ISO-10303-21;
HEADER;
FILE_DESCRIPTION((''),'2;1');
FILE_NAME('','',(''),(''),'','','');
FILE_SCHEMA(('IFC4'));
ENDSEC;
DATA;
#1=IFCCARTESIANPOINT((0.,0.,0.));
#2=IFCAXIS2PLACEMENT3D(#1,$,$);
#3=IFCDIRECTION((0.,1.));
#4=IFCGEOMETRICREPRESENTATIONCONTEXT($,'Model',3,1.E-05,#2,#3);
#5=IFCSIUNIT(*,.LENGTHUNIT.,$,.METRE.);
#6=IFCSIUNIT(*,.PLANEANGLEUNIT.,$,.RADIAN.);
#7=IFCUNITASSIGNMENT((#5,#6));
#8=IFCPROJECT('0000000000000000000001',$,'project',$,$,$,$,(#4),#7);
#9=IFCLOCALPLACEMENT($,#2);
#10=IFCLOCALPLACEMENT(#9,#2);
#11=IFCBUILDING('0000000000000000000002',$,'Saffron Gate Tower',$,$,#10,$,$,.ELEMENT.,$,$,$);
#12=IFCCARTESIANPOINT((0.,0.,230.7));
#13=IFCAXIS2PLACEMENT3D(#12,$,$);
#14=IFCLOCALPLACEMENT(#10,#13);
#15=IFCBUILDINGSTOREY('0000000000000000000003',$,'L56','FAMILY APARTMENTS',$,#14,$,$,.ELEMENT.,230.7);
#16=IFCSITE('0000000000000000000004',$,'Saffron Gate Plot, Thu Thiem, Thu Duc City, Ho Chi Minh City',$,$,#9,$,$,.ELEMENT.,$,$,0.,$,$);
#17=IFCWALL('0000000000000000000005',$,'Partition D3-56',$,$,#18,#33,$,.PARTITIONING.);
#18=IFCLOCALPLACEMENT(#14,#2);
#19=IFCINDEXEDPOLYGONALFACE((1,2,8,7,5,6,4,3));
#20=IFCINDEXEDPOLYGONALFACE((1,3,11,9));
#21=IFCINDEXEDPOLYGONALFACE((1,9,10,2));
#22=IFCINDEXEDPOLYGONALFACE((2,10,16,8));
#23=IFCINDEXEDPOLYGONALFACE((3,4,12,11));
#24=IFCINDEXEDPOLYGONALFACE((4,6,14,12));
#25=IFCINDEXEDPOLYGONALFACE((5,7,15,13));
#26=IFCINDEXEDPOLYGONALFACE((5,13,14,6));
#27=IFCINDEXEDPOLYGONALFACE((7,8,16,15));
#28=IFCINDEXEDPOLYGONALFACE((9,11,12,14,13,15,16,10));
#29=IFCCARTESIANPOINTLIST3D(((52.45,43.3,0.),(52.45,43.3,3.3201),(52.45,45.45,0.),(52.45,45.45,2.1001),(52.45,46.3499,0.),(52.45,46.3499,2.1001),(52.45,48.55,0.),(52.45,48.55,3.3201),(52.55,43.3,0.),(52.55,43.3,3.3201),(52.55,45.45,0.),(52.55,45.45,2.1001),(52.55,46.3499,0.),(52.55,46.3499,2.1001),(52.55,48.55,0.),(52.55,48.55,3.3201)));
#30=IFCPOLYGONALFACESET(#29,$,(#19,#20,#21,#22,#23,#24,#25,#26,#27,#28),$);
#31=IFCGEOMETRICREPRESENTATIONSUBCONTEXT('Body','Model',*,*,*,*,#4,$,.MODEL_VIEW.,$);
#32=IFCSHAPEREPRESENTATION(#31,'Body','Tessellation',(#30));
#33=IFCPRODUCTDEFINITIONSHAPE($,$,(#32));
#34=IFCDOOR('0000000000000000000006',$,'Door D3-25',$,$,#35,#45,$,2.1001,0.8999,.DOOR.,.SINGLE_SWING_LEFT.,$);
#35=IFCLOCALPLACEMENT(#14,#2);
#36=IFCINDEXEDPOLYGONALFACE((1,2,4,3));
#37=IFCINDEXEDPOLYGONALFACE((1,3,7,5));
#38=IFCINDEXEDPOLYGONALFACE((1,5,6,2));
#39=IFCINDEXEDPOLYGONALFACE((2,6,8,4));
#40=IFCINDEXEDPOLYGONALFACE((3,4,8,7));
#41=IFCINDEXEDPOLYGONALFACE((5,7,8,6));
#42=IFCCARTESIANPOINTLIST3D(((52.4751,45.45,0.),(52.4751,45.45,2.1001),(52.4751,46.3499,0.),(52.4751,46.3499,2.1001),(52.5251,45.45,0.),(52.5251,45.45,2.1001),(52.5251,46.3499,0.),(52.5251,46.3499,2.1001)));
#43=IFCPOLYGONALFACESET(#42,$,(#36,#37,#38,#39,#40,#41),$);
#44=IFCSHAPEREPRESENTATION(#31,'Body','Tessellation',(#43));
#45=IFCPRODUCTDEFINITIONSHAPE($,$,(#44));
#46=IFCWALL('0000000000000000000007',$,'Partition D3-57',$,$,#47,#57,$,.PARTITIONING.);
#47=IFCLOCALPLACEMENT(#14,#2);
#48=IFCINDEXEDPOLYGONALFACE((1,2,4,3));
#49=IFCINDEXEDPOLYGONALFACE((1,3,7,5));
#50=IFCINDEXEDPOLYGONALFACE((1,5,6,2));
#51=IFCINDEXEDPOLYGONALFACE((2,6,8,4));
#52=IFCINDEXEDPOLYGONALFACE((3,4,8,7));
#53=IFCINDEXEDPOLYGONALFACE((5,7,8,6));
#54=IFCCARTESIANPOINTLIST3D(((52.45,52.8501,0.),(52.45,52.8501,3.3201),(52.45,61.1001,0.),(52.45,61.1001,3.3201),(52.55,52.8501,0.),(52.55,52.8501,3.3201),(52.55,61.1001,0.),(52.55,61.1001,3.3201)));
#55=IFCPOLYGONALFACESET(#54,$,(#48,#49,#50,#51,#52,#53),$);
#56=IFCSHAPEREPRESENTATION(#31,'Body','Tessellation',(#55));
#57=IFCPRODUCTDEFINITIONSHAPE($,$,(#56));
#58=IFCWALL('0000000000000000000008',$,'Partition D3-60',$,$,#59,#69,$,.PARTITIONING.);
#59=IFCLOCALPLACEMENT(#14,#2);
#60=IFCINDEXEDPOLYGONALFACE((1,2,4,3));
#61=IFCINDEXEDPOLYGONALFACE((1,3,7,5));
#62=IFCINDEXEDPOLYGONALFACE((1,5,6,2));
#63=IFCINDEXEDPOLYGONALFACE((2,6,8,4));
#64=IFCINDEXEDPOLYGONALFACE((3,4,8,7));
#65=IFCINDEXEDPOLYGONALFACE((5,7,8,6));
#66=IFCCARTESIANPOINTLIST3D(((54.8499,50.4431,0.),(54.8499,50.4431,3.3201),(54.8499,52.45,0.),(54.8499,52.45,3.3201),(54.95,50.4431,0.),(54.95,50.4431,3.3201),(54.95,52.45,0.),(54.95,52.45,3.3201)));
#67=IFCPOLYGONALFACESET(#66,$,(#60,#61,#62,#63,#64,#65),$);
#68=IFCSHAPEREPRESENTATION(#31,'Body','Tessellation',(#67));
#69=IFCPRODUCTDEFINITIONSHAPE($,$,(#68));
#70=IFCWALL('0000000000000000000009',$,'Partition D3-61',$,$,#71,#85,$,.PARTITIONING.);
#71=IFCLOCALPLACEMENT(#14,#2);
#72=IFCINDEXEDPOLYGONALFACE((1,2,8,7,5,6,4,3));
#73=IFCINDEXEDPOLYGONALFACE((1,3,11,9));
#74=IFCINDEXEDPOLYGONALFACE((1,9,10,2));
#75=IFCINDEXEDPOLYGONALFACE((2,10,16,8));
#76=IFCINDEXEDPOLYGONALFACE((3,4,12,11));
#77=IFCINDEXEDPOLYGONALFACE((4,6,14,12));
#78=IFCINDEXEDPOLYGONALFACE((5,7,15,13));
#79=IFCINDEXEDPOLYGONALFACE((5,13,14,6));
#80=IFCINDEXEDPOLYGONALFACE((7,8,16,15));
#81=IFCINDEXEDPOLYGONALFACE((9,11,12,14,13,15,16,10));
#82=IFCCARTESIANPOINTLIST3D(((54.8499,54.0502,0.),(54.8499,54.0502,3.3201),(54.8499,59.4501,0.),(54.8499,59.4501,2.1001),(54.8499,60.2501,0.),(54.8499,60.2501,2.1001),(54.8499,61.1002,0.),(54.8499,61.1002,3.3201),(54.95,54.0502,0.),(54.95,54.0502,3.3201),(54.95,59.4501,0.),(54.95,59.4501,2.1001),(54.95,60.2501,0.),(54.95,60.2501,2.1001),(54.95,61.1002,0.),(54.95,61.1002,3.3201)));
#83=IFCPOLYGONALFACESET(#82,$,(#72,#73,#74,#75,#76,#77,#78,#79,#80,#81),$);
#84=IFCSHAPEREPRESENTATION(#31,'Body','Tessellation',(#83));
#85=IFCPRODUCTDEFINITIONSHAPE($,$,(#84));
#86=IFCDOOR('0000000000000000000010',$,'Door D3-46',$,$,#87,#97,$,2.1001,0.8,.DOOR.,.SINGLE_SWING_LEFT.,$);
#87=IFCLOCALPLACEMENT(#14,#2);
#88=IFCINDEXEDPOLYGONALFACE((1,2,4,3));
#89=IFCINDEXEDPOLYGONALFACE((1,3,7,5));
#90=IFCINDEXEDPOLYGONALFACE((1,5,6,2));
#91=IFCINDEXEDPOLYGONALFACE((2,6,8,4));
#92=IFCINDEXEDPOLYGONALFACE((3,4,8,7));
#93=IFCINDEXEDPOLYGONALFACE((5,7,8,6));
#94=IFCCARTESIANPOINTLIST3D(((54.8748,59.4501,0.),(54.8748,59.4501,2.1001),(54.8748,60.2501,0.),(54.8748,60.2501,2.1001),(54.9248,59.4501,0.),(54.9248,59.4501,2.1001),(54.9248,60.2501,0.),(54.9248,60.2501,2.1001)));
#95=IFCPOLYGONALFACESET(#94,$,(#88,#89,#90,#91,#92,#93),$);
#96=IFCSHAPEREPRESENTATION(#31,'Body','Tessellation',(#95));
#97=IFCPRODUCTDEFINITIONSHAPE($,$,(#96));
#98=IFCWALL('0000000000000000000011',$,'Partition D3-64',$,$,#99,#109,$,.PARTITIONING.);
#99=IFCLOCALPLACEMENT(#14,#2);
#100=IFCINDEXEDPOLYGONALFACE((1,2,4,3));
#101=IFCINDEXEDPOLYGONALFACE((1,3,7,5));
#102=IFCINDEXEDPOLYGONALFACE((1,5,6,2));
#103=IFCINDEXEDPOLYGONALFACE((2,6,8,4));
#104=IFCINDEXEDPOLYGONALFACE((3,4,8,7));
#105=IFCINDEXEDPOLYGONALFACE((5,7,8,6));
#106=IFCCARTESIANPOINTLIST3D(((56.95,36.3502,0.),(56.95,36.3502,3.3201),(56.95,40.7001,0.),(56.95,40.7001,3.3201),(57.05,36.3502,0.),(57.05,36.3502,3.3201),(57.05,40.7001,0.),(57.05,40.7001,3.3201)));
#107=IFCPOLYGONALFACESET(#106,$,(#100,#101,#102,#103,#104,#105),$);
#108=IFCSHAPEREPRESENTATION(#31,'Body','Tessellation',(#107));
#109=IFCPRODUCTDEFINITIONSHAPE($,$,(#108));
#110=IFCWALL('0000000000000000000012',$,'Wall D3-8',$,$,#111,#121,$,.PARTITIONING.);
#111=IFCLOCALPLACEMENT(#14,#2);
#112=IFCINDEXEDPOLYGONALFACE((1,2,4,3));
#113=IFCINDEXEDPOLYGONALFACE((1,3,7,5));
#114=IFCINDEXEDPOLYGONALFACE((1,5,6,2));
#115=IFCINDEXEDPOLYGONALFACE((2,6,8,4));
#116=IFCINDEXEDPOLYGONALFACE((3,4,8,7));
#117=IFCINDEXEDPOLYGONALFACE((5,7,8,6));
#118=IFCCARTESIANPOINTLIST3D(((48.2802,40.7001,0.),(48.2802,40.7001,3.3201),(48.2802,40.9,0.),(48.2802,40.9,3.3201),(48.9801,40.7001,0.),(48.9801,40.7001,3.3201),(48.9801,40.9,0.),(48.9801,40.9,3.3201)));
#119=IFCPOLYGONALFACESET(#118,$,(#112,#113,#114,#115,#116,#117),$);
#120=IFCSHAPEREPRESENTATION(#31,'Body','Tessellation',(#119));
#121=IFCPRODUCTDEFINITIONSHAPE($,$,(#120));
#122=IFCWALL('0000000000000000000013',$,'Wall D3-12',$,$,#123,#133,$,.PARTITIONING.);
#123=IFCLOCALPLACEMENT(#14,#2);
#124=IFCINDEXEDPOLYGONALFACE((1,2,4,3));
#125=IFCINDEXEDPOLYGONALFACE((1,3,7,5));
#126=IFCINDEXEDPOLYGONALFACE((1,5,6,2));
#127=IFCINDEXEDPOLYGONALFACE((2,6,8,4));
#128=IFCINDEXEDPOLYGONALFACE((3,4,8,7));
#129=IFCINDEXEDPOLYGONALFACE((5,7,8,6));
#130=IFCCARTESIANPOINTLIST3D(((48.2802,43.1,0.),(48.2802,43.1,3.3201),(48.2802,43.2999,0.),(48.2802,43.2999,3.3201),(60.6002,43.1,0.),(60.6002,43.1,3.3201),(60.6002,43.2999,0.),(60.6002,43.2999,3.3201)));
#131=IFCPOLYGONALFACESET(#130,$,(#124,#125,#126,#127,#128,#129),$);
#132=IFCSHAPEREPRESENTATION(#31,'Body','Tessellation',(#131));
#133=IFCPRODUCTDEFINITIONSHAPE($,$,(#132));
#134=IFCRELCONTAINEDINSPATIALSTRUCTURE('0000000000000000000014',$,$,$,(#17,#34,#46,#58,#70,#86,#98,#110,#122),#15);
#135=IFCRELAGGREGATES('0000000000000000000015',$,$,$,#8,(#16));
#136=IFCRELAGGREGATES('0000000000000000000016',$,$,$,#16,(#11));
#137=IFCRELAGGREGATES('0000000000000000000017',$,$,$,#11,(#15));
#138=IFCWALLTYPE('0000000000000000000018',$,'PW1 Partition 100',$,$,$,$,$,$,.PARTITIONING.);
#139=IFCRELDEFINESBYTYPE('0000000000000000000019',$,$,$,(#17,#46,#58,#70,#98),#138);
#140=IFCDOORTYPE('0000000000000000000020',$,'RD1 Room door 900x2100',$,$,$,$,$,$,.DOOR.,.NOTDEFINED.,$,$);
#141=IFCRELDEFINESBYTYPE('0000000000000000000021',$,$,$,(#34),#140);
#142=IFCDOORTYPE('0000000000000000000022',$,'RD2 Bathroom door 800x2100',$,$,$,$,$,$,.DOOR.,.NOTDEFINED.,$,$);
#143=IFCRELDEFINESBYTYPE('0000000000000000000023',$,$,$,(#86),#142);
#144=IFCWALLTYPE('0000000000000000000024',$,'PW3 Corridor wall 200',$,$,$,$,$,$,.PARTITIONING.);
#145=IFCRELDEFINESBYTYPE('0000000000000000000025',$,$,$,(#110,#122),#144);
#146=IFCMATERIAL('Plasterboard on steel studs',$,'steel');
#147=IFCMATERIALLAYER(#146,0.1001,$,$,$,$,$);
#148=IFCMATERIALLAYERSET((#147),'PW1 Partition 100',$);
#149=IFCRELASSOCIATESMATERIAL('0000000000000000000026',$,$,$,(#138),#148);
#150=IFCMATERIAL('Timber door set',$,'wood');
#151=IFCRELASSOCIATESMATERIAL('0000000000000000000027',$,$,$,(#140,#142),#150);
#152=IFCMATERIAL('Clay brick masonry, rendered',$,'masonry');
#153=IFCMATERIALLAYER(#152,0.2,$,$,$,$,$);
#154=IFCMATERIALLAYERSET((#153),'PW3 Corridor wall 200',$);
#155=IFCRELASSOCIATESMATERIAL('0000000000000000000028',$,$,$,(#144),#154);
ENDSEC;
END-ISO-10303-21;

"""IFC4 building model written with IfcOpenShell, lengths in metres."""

from ifc_helpers import new_model, si_unit, direction, frame, frame_2d, origin, place, context, subcontext, project, spatial, rectangle, extrude, material, layer, layer_set, type_object, element, fill, save


model = new_model("IFC4")

# Units and contexts
model_context = context("Model", 3, precision=1e-05, world=origin(), true_north=direction((0.0, 1.0)))
body_context = subcontext(model_context, "Body", "Model", "MODEL_VIEW")
ifc_project = project(units=[si_unit("LENGTHUNIT", "METRE"), si_unit("PLANEANGLEUNIT", "RADIAN")], contexts=[model_context])

# Site, building, storey
site_placement = place(None, origin())
site = spatial("IfcSite", under=ifc_project, at=site_placement, Name="Saffron Gate Plot, Thu Thiem, Thu Duc City, Ho Chi Minh City", CompositionType="ELEMENT", RefElevation=0.0)
building_placement = place(site_placement, origin())
building = spatial("IfcBuilding", under=site, at=building_placement, Name="Saffron Gate Tower", CompositionType="ELEMENT")
storey_placement = place(building_placement, frame((0.0, 0.0, 230.7)))
storey = spatial("IfcBuildingStorey", under=building, at=storey_placement, Name="L56", Description="FAMILY APARTMENTS", CompositionType="ELEMENT", Elevation=230.7)

# Shared definitions
ifc_material_1 = material(Name="Plasterboard on steel studs", Category="steel")
ifc_layer_1 = layer(ifc_material_1, 0.1001)
ifc_layer_set_1 = layer_set([ifc_layer_1], Name="PW1 Partition 100")
wall_type_1 = type_object("IfcWallType", Name="PW1 Partition 100", PredefinedType="PARTITIONING", material=ifc_layer_set_1)

# Shared definitions
ifc_material_2 = material(Name="Timber door set", Category="wood")
door_type_1 = type_object("IfcDoorType", Name="RD1 Room door 900x2100", OperationType="NOTDEFINED", PredefinedType="DOOR", material=ifc_material_2)
door_type_2 = type_object("IfcDoorType", Name="RD2 Bathroom door 800x2100", OperationType="NOTDEFINED", PredefinedType="DOOR", material=ifc_material_2)

# Wall, opening, door
wall_1_placement = place(storey_placement, frame((52.5, 43.3, 0.0), z_axis=(0.0, 0.0, 1.0), x_axis=(0.0, 1.0, 0.0)))
wall_1 = element("IfcWall", 1, at=wall_1_placement, inside=storey, type_object=wall_type_1, Name="Partition D3-56", PredefinedType="PARTITIONING", context=body_context, shape_type="SweptSolid", body=[
    extrude(rectangle(XDim=5.25, YDim=0.1001, at=frame_2d((2.625, 0.0))), origin(), (0.0, 0.0, 1.0), 3.3201),
])
opening_1_placement = place(wall_1_placement, frame((2.1499, 0.0, 0.0)))
opening_1 = element("IfcOpeningElement", 2, at=opening_1_placement, cuts=wall_1, PredefinedType="OPENING", context=body_context, shape_type="SweptSolid", body=[
    extrude(rectangle(XDim=0.8999, YDim=2.1001, at=frame_2d((0.45, 1.05))), frame((0.0, 0.0601, 0.0), z_axis=(0.0, -1.0, 0.0), x_axis=(1.0, 0.0, 0.0)), (0.0, 0.0, 1.0), 0.1201),
])
door_1_placement = place(opening_1_placement, origin())
door_1 = element("IfcDoor", 3, at=door_1_placement, inside=storey, type_object=door_type_1, Name="Door D3-25", OperationType="SINGLE_SWING_LEFT", OverallHeight=2.1001, OverallWidth=0.8999, PredefinedType="DOOR", context=body_context, shape_type="SweptSolid", body=[
    extrude(rectangle(XDim=0.8999, YDim=2.1001, at=frame_2d((0.45, 1.05))), frame((0.0, 0.0249, 0.0), z_axis=(0.0, -1.0, 0.0), x_axis=(1.0, 0.0, 0.0)), (0.0, 0.0, 1.0), 0.05),
])
fill(opening_1, door_1)

# Walls
wall_2_placement = place(storey_placement, frame((52.5, 61.1001, 0.0), z_axis=(0.0, 0.0, 1.0), x_axis=(0.0, -1.0, 0.0)))
element("IfcWall", 4, at=wall_2_placement, inside=storey, type_object=wall_type_1, Name="Partition D3-57", PredefinedType="PARTITIONING", context=body_context, shape_type="SweptSolid", body=[
    extrude(rectangle(XDim=8.25, YDim=0.1001, at=frame_2d((4.125, 0.0))), origin(), (0.0, 0.0, 1.0), 3.3201),
])
wall_3_placement = place(storey_placement, frame((54.8999, 52.45, 0.0), z_axis=(0.0, 0.0, 1.0), x_axis=(0.0, -1.0, 0.0)))
element("IfcWall", 5, at=wall_3_placement, inside=storey, type_object=wall_type_1, Name="Partition D3-60", PredefinedType="PARTITIONING", context=body_context, shape_type="SweptSolid", body=[
    extrude(rectangle(XDim=2.0068, YDim=0.1001, at=frame_2d((1.0034, 0.0))), origin(), (0.0, 0.0, 1.0), 3.3201),
])

# Wall, opening, door
wall_4_placement = place(storey_placement, frame((54.8999, 61.1001, 0.0), z_axis=(0.0, 0.0, 1.0), x_axis=(0.0, -1.0, 0.0)))
wall_4 = element("IfcWall", 6, at=wall_4_placement, inside=storey, type_object=wall_type_1, Name="Partition D3-61", PredefinedType="PARTITIONING", context=body_context, shape_type="SweptSolid", body=[
    extrude(rectangle(XDim=7.05, YDim=0.1001, at=frame_2d((3.5249, 0.0))), origin(), (0.0, 0.0, 1.0), 3.3201),
])
opening_2_placement = place(wall_4_placement, frame((0.8501, 0.0, 0.0)))
opening_2 = element("IfcOpeningElement", 7, at=opening_2_placement, cuts=wall_4, PredefinedType="OPENING", context=body_context, shape_type="SweptSolid", body=[
    extrude(rectangle(XDim=0.8, YDim=2.1001, at=frame_2d((0.3999, 1.05))), frame((0.0, 0.0601, 0.0), z_axis=(0.0, -1.0, 0.0), x_axis=(1.0, 0.0, 0.0)), (0.0, 0.0, 1.0), 0.1201),
])
door_2_placement = place(opening_2_placement, origin())
door_2 = element("IfcDoor", 8, at=door_2_placement, inside=storey, type_object=door_type_2, Name="Door D3-46", OperationType="SINGLE_SWING_LEFT", OverallHeight=2.1001, OverallWidth=0.8, PredefinedType="DOOR", context=body_context, shape_type="SweptSolid", body=[
    extrude(rectangle(XDim=0.8, YDim=2.1001, at=frame_2d((0.3999, 1.05))), frame((0.0, 0.0249, 0.0), z_axis=(0.0, -1.0, 0.0), x_axis=(1.0, 0.0, 0.0)), (0.0, 0.0, 1.0), 0.05),
])
fill(opening_2, door_2)

# Walls
wall_5_placement = place(storey_placement, frame((57.0, 40.7, 0.0), z_axis=(0.0, 0.0, 1.0), x_axis=(0.0, -1.0, 0.0)))
element("IfcWall", 9, at=wall_5_placement, inside=storey, type_object=wall_type_1, Name="Partition D3-64", PredefinedType="PARTITIONING", context=body_context, shape_type="SweptSolid", body=[
    extrude(rectangle(XDim=4.3499, YDim=0.1001, at=frame_2d((2.1748, 0.0))), origin(), (0.0, 0.0, 1.0), 3.3201),
])
ifc_material_3 = material(Name="Clay brick masonry, rendered", Category="masonry")
ifc_layer_2 = layer(ifc_material_3, 0.2)
ifc_layer_set_2 = layer_set([ifc_layer_2], Name="PW3 Corridor wall 200")
wall_type_2 = type_object("IfcWallType", Name="PW3 Corridor wall 200", PredefinedType="PARTITIONING", material=ifc_layer_set_2)
wall_6_placement = place(storey_placement, frame((48.28, 40.8, 0.0), z_axis=(0.0, 0.0, 1.0), x_axis=(1.0, 0.0, 0.0)))
element("IfcWall", 10, at=wall_6_placement, inside=storey, type_object=wall_type_2, Name="Wall D3-8", PredefinedType="PARTITIONING", context=body_context, shape_type="SweptSolid", body=[
    extrude(rectangle(XDim=0.7, YDim=0.2, at=frame_2d((0.3501, 0.0))), origin(), (0.0, 0.0, 1.0), 3.3201),
])
wall_7_placement = place(storey_placement, frame((48.28, 43.2, 0.0), z_axis=(0.0, 0.0, 1.0), x_axis=(1.0, 0.0, 0.0)))
element("IfcWall", 11, at=wall_7_placement, inside=storey, type_object=wall_type_2, Name="Wall D3-12", PredefinedType="PARTITIONING", context=body_context, shape_type="SweptSolid", body=[
    extrude(rectangle(XDim=12.3201, YDim=0.2, at=frame_2d((6.1602, 0.0))), origin(), (0.0, 0.0, 1.0), 3.3201),
])

save(model, "model.ifc")
